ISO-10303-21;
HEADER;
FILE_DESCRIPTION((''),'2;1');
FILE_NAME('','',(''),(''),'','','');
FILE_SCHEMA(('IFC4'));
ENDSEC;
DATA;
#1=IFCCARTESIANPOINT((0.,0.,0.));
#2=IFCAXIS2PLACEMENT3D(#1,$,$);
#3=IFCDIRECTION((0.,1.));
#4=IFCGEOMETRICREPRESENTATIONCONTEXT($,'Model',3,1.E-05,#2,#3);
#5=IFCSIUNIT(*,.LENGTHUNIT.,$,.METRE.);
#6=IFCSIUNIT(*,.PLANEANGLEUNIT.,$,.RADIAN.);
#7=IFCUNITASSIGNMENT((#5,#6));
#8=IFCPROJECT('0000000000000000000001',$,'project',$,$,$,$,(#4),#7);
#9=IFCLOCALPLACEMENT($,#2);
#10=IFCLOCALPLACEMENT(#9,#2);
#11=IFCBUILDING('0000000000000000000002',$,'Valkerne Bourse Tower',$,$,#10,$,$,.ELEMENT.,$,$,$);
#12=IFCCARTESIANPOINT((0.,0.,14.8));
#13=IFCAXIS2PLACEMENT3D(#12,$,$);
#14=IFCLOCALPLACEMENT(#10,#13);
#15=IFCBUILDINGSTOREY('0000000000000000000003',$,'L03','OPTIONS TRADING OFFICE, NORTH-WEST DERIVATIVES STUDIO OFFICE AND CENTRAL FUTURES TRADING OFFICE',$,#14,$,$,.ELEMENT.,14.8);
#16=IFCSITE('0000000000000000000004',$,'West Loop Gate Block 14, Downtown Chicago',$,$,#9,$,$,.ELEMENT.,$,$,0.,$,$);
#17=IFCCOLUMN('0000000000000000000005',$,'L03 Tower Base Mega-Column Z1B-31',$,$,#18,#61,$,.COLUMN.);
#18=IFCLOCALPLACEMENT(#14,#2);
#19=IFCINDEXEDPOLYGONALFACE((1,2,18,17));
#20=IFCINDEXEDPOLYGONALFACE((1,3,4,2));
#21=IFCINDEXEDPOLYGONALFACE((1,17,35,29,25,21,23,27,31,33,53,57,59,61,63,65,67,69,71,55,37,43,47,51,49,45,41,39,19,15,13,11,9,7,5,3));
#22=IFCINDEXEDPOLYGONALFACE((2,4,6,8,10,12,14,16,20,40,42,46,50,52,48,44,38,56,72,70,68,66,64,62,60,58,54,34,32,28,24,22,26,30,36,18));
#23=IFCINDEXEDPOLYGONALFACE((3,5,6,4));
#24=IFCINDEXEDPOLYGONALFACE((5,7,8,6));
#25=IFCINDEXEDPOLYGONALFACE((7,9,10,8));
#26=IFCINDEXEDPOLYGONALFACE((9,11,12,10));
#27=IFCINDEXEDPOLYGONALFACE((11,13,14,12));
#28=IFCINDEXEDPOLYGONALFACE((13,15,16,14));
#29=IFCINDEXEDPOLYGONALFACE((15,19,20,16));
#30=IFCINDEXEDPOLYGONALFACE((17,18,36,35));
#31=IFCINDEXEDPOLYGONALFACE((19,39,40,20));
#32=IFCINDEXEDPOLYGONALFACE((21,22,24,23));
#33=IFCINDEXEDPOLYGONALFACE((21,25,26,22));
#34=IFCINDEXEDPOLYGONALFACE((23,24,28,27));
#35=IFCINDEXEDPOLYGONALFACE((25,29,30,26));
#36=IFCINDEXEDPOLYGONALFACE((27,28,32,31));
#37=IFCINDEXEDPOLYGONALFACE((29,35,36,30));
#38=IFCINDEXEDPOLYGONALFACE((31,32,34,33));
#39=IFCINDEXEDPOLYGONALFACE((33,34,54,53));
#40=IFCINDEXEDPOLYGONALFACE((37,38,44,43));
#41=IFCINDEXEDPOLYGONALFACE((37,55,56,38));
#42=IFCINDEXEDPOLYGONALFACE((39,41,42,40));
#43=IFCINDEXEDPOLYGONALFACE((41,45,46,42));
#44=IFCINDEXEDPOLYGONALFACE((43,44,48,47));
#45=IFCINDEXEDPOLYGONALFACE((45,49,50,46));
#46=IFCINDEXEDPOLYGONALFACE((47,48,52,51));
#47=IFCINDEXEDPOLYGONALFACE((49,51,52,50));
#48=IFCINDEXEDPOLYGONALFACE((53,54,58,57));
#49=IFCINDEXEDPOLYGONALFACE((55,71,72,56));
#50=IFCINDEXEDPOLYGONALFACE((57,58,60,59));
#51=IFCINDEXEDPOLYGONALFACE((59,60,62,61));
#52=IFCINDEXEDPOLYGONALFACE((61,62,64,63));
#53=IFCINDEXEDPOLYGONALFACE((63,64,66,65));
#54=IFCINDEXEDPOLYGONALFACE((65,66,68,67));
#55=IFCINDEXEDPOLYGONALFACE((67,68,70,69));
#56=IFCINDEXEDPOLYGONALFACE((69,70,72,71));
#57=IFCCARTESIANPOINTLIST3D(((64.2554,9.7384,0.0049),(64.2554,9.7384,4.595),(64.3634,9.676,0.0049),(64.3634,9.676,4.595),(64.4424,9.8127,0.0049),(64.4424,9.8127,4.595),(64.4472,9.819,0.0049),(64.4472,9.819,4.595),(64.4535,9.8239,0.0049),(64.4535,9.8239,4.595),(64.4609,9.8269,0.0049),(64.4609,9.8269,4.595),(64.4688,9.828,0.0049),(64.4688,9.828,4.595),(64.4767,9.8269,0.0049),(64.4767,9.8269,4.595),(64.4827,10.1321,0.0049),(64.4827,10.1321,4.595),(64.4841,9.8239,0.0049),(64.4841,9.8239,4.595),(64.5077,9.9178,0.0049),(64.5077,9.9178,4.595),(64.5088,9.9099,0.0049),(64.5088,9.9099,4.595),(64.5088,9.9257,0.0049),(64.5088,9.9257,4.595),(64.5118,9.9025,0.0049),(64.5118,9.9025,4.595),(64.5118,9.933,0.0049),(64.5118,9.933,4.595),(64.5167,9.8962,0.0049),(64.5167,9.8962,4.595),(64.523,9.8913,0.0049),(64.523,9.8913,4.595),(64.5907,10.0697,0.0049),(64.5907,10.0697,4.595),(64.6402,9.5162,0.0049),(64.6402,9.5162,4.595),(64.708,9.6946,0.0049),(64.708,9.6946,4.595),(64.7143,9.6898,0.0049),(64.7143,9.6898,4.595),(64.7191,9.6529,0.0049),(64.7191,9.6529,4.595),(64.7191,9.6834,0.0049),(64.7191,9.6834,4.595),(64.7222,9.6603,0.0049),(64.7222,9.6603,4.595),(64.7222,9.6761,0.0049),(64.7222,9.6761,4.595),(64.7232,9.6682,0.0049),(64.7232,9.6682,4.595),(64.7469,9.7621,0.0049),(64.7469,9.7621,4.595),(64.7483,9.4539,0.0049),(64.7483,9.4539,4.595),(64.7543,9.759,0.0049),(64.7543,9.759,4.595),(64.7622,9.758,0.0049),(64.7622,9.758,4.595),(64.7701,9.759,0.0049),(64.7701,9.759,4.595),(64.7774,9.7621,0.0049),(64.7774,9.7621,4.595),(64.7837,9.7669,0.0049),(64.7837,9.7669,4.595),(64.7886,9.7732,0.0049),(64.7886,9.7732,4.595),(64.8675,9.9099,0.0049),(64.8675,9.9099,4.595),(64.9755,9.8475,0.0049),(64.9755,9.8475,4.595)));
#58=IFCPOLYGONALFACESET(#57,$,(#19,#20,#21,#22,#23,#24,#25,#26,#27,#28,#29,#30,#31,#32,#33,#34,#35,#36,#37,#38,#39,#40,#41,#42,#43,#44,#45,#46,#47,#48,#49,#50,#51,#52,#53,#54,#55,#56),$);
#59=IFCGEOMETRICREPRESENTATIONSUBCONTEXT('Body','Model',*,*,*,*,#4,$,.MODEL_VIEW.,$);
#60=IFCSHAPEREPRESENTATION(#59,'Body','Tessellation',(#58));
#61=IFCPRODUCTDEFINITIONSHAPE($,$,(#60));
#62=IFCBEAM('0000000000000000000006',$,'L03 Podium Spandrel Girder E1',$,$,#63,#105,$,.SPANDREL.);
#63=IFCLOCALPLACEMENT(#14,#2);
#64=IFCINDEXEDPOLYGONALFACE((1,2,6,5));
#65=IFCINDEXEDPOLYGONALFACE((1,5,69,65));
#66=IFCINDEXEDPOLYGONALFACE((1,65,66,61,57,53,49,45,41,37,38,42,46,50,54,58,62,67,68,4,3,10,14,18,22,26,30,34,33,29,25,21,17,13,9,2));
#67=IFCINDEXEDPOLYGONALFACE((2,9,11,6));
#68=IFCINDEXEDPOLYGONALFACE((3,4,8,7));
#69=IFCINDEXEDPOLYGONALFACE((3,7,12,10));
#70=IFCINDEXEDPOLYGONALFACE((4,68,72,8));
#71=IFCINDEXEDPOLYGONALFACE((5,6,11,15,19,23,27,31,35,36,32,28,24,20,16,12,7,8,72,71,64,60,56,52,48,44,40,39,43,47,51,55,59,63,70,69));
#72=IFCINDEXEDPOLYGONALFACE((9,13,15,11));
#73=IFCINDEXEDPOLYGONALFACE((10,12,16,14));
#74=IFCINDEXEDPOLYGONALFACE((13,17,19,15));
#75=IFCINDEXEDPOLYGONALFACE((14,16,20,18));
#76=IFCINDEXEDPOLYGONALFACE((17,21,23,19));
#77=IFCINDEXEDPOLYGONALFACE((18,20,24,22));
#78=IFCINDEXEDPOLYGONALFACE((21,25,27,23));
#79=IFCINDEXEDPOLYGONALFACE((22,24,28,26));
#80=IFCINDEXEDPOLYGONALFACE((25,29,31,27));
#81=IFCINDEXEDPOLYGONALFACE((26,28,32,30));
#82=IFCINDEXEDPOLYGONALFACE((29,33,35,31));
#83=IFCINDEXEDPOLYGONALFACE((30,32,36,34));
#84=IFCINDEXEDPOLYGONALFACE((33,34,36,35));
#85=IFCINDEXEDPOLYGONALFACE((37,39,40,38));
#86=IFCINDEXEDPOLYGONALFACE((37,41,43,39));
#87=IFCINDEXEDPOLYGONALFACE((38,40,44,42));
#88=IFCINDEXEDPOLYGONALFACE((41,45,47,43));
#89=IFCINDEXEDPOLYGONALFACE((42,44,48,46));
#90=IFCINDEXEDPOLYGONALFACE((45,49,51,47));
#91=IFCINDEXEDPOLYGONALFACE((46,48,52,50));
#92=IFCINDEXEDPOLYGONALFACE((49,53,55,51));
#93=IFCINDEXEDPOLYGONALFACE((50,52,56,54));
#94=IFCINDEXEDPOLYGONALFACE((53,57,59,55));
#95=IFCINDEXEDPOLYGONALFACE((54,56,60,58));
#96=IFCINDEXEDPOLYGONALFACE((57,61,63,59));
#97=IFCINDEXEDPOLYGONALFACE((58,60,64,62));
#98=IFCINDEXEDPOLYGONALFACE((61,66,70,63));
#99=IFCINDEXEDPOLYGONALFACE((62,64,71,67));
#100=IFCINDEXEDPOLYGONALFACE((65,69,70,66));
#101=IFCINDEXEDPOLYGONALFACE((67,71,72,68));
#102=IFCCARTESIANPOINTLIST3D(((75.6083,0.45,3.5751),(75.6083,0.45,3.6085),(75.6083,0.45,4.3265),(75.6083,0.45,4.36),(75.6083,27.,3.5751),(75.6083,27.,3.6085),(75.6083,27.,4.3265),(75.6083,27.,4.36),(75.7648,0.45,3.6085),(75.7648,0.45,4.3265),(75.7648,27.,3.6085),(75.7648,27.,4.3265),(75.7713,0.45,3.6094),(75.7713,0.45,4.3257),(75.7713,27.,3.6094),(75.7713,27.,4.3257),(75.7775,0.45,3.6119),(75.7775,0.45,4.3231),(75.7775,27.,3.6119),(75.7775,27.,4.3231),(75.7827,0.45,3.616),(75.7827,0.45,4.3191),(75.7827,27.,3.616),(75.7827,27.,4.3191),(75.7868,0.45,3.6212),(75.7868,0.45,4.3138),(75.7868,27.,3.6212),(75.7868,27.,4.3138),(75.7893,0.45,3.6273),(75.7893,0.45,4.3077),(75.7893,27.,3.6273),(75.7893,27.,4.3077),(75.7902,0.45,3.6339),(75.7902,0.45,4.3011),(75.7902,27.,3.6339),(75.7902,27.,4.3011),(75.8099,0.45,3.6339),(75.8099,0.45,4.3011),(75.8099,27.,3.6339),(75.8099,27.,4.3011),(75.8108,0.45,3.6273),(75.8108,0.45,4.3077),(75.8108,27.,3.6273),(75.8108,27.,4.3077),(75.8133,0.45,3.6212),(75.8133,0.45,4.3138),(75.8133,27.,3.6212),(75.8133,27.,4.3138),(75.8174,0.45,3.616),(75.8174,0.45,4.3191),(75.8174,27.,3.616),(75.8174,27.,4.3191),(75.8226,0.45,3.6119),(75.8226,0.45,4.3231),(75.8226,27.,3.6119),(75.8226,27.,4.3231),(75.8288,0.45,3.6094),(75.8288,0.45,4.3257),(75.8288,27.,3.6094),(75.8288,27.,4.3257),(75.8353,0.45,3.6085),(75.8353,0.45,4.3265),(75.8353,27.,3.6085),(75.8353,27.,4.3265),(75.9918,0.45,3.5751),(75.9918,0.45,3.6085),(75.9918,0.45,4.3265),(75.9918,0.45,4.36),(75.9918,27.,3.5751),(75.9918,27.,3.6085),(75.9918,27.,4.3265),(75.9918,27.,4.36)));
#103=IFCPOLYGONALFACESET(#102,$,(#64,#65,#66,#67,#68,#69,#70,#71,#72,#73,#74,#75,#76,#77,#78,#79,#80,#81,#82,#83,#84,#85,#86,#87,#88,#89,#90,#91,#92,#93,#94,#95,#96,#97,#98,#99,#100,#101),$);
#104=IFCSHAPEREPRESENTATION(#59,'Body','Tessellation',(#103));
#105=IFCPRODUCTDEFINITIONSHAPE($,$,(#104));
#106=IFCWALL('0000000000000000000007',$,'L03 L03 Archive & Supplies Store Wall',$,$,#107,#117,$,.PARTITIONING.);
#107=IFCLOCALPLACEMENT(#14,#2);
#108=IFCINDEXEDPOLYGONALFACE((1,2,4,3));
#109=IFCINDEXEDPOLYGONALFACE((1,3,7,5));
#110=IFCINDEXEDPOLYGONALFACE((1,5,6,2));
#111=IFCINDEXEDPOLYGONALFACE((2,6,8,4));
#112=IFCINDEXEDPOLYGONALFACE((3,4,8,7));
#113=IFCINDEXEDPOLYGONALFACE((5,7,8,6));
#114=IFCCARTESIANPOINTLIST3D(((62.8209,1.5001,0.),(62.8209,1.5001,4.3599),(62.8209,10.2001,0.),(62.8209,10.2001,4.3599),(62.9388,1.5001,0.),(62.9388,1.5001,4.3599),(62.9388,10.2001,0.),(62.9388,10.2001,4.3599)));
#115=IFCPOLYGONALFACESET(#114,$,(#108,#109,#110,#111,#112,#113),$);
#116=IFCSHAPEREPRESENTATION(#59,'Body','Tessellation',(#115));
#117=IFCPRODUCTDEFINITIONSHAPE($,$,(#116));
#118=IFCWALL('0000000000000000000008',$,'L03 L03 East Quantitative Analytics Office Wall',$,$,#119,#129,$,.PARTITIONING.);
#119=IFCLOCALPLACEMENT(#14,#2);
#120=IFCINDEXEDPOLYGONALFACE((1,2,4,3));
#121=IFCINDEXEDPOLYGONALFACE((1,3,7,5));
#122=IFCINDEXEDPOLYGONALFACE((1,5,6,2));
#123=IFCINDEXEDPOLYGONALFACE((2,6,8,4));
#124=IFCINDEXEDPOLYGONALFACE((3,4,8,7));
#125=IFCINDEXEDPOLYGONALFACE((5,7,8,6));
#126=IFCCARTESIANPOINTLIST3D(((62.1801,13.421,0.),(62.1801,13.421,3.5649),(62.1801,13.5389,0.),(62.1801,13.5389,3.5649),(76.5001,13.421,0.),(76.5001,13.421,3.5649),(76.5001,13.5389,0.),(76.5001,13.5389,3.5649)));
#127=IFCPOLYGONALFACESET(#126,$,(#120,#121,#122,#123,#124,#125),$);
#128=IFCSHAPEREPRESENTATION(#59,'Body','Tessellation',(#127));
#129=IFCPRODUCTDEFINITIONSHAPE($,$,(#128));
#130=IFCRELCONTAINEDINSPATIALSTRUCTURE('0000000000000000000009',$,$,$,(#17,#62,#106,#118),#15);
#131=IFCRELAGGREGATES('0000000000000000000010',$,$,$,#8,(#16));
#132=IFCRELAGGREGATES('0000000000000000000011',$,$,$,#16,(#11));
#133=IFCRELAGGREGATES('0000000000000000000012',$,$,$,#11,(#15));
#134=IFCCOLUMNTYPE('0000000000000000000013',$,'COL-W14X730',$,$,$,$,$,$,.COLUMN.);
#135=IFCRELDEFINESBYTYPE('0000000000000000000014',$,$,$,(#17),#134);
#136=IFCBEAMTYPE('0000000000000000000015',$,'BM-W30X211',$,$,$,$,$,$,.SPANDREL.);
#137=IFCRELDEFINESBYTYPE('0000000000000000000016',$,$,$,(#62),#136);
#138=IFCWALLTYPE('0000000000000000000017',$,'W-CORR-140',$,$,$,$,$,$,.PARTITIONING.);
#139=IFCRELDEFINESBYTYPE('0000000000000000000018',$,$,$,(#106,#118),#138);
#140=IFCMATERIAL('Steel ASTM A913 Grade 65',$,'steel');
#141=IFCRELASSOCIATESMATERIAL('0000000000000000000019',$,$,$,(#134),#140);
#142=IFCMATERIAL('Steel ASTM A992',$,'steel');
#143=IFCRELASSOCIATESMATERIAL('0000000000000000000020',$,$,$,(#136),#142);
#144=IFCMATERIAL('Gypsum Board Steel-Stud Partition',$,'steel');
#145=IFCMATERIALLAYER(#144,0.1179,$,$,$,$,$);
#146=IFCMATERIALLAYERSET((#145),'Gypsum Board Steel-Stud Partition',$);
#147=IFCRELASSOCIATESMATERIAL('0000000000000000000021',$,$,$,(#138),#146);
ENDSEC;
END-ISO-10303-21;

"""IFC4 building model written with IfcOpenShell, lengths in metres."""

from ifc_helpers import new_model, si_unit, direction, frame, frame_2d, origin, origin_2d, place, context, subcontext, project, spatial, rectangle, i_section, extrude, material, layer, layer_set, material_profile, profile_set, type_object, element, save


model = new_model("IFC4")

# Units and contexts
model_context = context("Model", 3, precision=1e-05, world=origin(), true_north=direction((0.0, 1.0)))
body_context = subcontext(model_context, "Body", "Model", "MODEL_VIEW")
ifc_project = project(units=[si_unit("LENGTHUNIT", "METRE"), si_unit("PLANEANGLEUNIT", "RADIAN")], contexts=[model_context])

# Site, building, storey
site_placement = place(None, origin())
site = spatial("IfcSite", under=ifc_project, at=site_placement, Name="West Loop Gate Block 14, Downtown Chicago", CompositionType="ELEMENT", RefElevation=0.0)
building_placement = place(site_placement, origin())
building = spatial("IfcBuilding", under=site, at=building_placement, Name="Valkerne Bourse Tower", CompositionType="ELEMENT")
storey_placement = place(building_placement, frame((0.0, 0.0, 14.8)))
storey = spatial("IfcBuildingStorey", under=building, at=storey_placement, Name="L03", Description="OPTIONS TRADING OFFICE, NORTH-WEST DERIVATIVES STUDIO OFFICE AND CENTRAL FUTURES TRADING OFFICE", CompositionType="ELEMENT", Elevation=14.8)

# Column
ifc_material_1 = material(Name="Steel ASTM A913 Grade 65", Category="steel")
ifc_material_profile_1 = material_profile(ifc_material_1, i_section(OverallWidth=0.4546, OverallDepth=0.5691, WebThickness=0.0779, FlangeThickness=0.1248, FilletRadius=0.0305, at=origin_2d()), Name="W14X730")
ifc_profile_set_1 = profile_set([ifc_material_profile_1], Name="Steel ASTM A913 Grade 65")
column_type_1 = type_object("IfcColumnType", Name="COL-W14X730", PredefinedType="COLUMN", material=ifc_profile_set_1)
for number, where, z_axis, x_axis, name in (
    (1, (64.6155, 9.793, 0.0049), (0.0, 0.0, 1.0), (0.5, 0.866025, 0.0), "L03 Tower Base Mega-Column Z1B-31"),
):
    element("IfcColumn", number, at=place(storey_placement, frame(where, z_axis=z_axis, x_axis=x_axis)), inside=storey, type_object=column_type_1, Name=name, PredefinedType="COLUMN", context=body_context, shape_type="SweptSolid", body=[
        extrude(i_section(OverallWidth=0.4546, OverallDepth=0.5691, WebThickness=0.0779, FlangeThickness=0.1248, FilletRadius=0.0305, at=origin_2d()), origin(), (0.0, 0.0, 1.0), 4.5901),
    ])

# Beam
ifc_material_2 = material(Name="Steel ASTM A992", Category="steel")
ifc_material_profile_2 = material_profile(ifc_material_2, i_section(OverallWidth=0.3835, OverallDepth=0.7849, WebThickness=0.0198, FlangeThickness=0.0334, FilletRadius=0.0254, at=origin_2d()), Name="W30X211")
ifc_profile_set_2 = profile_set([ifc_material_profile_2], Name="Steel ASTM A992")
beam_type = type_object("IfcBeamType", Name="BM-W30X211", PredefinedType="SPANDREL", material=ifc_profile_set_2)
beam_placement = place(storey_placement, frame((75.8, 0.45, 3.9675), z_axis=(0.0, 1.0, 0.0), x_axis=(-1.0, 0.0, 0.0)))
element("IfcBeam", 2, at=beam_placement, inside=storey, type_object=beam_type, Name="L03 Podium Spandrel Girder E1", PredefinedType="SPANDREL", context=body_context, shape_type="SweptSolid", body=[
    extrude(i_section(OverallWidth=0.3835, OverallDepth=0.7849, WebThickness=0.0198, FlangeThickness=0.0334, FilletRadius=0.0254, at=origin_2d()), origin(), (0.0, 0.0, 1.0), 26.55),
])

# Walls
ifc_material_3 = material(Name="Gypsum Board Steel-Stud Partition", Category="steel")
ifc_layer_1 = layer(ifc_material_3, 0.1179)
ifc_layer_set_1 = layer_set([ifc_layer_1], Name="Gypsum Board Steel-Stud Partition")
wall_type_1 = type_object("IfcWallType", Name="W-CORR-140", PredefinedType="PARTITIONING", material=ifc_layer_set_1)
wall_1_placement = place(storey_placement, frame((62.8799, 1.5, 0.0), z_axis=(0.0, 0.0, 1.0), x_axis=(0.0, 1.0, 0.0)))
element("IfcWall", 3, at=wall_1_placement, inside=storey, type_object=wall_type_1, Name="L03 L03 Archive & Supplies Store Wall", PredefinedType="PARTITIONING", context=body_context, shape_type="SweptSolid", body=[
    extrude(rectangle(XDim=8.7, YDim=0.1179, at=frame_2d((4.3501, 0.0))), origin(), (0.0, 0.0, 1.0), 4.3599),
])
wall_2_placement = place(storey_placement, frame((62.1799, 13.48, 0.0), z_axis=(0.0, 0.0, 1.0), x_axis=(1.0, 0.0, 0.0)))
element("IfcWall", 4, at=wall_2_placement, inside=storey, type_object=wall_type_1, Name="L03 L03 East Quantitative Analytics Office Wall", PredefinedType="PARTITIONING", context=body_context, shape_type="SweptSolid", body=[
    extrude(rectangle(XDim=14.3201, YDim=0.1179, at=frame_2d((7.1602, 0.0))), origin(), (0.0, 0.0, 1.0), 3.5649),
])

save(model, "model.ifc")
